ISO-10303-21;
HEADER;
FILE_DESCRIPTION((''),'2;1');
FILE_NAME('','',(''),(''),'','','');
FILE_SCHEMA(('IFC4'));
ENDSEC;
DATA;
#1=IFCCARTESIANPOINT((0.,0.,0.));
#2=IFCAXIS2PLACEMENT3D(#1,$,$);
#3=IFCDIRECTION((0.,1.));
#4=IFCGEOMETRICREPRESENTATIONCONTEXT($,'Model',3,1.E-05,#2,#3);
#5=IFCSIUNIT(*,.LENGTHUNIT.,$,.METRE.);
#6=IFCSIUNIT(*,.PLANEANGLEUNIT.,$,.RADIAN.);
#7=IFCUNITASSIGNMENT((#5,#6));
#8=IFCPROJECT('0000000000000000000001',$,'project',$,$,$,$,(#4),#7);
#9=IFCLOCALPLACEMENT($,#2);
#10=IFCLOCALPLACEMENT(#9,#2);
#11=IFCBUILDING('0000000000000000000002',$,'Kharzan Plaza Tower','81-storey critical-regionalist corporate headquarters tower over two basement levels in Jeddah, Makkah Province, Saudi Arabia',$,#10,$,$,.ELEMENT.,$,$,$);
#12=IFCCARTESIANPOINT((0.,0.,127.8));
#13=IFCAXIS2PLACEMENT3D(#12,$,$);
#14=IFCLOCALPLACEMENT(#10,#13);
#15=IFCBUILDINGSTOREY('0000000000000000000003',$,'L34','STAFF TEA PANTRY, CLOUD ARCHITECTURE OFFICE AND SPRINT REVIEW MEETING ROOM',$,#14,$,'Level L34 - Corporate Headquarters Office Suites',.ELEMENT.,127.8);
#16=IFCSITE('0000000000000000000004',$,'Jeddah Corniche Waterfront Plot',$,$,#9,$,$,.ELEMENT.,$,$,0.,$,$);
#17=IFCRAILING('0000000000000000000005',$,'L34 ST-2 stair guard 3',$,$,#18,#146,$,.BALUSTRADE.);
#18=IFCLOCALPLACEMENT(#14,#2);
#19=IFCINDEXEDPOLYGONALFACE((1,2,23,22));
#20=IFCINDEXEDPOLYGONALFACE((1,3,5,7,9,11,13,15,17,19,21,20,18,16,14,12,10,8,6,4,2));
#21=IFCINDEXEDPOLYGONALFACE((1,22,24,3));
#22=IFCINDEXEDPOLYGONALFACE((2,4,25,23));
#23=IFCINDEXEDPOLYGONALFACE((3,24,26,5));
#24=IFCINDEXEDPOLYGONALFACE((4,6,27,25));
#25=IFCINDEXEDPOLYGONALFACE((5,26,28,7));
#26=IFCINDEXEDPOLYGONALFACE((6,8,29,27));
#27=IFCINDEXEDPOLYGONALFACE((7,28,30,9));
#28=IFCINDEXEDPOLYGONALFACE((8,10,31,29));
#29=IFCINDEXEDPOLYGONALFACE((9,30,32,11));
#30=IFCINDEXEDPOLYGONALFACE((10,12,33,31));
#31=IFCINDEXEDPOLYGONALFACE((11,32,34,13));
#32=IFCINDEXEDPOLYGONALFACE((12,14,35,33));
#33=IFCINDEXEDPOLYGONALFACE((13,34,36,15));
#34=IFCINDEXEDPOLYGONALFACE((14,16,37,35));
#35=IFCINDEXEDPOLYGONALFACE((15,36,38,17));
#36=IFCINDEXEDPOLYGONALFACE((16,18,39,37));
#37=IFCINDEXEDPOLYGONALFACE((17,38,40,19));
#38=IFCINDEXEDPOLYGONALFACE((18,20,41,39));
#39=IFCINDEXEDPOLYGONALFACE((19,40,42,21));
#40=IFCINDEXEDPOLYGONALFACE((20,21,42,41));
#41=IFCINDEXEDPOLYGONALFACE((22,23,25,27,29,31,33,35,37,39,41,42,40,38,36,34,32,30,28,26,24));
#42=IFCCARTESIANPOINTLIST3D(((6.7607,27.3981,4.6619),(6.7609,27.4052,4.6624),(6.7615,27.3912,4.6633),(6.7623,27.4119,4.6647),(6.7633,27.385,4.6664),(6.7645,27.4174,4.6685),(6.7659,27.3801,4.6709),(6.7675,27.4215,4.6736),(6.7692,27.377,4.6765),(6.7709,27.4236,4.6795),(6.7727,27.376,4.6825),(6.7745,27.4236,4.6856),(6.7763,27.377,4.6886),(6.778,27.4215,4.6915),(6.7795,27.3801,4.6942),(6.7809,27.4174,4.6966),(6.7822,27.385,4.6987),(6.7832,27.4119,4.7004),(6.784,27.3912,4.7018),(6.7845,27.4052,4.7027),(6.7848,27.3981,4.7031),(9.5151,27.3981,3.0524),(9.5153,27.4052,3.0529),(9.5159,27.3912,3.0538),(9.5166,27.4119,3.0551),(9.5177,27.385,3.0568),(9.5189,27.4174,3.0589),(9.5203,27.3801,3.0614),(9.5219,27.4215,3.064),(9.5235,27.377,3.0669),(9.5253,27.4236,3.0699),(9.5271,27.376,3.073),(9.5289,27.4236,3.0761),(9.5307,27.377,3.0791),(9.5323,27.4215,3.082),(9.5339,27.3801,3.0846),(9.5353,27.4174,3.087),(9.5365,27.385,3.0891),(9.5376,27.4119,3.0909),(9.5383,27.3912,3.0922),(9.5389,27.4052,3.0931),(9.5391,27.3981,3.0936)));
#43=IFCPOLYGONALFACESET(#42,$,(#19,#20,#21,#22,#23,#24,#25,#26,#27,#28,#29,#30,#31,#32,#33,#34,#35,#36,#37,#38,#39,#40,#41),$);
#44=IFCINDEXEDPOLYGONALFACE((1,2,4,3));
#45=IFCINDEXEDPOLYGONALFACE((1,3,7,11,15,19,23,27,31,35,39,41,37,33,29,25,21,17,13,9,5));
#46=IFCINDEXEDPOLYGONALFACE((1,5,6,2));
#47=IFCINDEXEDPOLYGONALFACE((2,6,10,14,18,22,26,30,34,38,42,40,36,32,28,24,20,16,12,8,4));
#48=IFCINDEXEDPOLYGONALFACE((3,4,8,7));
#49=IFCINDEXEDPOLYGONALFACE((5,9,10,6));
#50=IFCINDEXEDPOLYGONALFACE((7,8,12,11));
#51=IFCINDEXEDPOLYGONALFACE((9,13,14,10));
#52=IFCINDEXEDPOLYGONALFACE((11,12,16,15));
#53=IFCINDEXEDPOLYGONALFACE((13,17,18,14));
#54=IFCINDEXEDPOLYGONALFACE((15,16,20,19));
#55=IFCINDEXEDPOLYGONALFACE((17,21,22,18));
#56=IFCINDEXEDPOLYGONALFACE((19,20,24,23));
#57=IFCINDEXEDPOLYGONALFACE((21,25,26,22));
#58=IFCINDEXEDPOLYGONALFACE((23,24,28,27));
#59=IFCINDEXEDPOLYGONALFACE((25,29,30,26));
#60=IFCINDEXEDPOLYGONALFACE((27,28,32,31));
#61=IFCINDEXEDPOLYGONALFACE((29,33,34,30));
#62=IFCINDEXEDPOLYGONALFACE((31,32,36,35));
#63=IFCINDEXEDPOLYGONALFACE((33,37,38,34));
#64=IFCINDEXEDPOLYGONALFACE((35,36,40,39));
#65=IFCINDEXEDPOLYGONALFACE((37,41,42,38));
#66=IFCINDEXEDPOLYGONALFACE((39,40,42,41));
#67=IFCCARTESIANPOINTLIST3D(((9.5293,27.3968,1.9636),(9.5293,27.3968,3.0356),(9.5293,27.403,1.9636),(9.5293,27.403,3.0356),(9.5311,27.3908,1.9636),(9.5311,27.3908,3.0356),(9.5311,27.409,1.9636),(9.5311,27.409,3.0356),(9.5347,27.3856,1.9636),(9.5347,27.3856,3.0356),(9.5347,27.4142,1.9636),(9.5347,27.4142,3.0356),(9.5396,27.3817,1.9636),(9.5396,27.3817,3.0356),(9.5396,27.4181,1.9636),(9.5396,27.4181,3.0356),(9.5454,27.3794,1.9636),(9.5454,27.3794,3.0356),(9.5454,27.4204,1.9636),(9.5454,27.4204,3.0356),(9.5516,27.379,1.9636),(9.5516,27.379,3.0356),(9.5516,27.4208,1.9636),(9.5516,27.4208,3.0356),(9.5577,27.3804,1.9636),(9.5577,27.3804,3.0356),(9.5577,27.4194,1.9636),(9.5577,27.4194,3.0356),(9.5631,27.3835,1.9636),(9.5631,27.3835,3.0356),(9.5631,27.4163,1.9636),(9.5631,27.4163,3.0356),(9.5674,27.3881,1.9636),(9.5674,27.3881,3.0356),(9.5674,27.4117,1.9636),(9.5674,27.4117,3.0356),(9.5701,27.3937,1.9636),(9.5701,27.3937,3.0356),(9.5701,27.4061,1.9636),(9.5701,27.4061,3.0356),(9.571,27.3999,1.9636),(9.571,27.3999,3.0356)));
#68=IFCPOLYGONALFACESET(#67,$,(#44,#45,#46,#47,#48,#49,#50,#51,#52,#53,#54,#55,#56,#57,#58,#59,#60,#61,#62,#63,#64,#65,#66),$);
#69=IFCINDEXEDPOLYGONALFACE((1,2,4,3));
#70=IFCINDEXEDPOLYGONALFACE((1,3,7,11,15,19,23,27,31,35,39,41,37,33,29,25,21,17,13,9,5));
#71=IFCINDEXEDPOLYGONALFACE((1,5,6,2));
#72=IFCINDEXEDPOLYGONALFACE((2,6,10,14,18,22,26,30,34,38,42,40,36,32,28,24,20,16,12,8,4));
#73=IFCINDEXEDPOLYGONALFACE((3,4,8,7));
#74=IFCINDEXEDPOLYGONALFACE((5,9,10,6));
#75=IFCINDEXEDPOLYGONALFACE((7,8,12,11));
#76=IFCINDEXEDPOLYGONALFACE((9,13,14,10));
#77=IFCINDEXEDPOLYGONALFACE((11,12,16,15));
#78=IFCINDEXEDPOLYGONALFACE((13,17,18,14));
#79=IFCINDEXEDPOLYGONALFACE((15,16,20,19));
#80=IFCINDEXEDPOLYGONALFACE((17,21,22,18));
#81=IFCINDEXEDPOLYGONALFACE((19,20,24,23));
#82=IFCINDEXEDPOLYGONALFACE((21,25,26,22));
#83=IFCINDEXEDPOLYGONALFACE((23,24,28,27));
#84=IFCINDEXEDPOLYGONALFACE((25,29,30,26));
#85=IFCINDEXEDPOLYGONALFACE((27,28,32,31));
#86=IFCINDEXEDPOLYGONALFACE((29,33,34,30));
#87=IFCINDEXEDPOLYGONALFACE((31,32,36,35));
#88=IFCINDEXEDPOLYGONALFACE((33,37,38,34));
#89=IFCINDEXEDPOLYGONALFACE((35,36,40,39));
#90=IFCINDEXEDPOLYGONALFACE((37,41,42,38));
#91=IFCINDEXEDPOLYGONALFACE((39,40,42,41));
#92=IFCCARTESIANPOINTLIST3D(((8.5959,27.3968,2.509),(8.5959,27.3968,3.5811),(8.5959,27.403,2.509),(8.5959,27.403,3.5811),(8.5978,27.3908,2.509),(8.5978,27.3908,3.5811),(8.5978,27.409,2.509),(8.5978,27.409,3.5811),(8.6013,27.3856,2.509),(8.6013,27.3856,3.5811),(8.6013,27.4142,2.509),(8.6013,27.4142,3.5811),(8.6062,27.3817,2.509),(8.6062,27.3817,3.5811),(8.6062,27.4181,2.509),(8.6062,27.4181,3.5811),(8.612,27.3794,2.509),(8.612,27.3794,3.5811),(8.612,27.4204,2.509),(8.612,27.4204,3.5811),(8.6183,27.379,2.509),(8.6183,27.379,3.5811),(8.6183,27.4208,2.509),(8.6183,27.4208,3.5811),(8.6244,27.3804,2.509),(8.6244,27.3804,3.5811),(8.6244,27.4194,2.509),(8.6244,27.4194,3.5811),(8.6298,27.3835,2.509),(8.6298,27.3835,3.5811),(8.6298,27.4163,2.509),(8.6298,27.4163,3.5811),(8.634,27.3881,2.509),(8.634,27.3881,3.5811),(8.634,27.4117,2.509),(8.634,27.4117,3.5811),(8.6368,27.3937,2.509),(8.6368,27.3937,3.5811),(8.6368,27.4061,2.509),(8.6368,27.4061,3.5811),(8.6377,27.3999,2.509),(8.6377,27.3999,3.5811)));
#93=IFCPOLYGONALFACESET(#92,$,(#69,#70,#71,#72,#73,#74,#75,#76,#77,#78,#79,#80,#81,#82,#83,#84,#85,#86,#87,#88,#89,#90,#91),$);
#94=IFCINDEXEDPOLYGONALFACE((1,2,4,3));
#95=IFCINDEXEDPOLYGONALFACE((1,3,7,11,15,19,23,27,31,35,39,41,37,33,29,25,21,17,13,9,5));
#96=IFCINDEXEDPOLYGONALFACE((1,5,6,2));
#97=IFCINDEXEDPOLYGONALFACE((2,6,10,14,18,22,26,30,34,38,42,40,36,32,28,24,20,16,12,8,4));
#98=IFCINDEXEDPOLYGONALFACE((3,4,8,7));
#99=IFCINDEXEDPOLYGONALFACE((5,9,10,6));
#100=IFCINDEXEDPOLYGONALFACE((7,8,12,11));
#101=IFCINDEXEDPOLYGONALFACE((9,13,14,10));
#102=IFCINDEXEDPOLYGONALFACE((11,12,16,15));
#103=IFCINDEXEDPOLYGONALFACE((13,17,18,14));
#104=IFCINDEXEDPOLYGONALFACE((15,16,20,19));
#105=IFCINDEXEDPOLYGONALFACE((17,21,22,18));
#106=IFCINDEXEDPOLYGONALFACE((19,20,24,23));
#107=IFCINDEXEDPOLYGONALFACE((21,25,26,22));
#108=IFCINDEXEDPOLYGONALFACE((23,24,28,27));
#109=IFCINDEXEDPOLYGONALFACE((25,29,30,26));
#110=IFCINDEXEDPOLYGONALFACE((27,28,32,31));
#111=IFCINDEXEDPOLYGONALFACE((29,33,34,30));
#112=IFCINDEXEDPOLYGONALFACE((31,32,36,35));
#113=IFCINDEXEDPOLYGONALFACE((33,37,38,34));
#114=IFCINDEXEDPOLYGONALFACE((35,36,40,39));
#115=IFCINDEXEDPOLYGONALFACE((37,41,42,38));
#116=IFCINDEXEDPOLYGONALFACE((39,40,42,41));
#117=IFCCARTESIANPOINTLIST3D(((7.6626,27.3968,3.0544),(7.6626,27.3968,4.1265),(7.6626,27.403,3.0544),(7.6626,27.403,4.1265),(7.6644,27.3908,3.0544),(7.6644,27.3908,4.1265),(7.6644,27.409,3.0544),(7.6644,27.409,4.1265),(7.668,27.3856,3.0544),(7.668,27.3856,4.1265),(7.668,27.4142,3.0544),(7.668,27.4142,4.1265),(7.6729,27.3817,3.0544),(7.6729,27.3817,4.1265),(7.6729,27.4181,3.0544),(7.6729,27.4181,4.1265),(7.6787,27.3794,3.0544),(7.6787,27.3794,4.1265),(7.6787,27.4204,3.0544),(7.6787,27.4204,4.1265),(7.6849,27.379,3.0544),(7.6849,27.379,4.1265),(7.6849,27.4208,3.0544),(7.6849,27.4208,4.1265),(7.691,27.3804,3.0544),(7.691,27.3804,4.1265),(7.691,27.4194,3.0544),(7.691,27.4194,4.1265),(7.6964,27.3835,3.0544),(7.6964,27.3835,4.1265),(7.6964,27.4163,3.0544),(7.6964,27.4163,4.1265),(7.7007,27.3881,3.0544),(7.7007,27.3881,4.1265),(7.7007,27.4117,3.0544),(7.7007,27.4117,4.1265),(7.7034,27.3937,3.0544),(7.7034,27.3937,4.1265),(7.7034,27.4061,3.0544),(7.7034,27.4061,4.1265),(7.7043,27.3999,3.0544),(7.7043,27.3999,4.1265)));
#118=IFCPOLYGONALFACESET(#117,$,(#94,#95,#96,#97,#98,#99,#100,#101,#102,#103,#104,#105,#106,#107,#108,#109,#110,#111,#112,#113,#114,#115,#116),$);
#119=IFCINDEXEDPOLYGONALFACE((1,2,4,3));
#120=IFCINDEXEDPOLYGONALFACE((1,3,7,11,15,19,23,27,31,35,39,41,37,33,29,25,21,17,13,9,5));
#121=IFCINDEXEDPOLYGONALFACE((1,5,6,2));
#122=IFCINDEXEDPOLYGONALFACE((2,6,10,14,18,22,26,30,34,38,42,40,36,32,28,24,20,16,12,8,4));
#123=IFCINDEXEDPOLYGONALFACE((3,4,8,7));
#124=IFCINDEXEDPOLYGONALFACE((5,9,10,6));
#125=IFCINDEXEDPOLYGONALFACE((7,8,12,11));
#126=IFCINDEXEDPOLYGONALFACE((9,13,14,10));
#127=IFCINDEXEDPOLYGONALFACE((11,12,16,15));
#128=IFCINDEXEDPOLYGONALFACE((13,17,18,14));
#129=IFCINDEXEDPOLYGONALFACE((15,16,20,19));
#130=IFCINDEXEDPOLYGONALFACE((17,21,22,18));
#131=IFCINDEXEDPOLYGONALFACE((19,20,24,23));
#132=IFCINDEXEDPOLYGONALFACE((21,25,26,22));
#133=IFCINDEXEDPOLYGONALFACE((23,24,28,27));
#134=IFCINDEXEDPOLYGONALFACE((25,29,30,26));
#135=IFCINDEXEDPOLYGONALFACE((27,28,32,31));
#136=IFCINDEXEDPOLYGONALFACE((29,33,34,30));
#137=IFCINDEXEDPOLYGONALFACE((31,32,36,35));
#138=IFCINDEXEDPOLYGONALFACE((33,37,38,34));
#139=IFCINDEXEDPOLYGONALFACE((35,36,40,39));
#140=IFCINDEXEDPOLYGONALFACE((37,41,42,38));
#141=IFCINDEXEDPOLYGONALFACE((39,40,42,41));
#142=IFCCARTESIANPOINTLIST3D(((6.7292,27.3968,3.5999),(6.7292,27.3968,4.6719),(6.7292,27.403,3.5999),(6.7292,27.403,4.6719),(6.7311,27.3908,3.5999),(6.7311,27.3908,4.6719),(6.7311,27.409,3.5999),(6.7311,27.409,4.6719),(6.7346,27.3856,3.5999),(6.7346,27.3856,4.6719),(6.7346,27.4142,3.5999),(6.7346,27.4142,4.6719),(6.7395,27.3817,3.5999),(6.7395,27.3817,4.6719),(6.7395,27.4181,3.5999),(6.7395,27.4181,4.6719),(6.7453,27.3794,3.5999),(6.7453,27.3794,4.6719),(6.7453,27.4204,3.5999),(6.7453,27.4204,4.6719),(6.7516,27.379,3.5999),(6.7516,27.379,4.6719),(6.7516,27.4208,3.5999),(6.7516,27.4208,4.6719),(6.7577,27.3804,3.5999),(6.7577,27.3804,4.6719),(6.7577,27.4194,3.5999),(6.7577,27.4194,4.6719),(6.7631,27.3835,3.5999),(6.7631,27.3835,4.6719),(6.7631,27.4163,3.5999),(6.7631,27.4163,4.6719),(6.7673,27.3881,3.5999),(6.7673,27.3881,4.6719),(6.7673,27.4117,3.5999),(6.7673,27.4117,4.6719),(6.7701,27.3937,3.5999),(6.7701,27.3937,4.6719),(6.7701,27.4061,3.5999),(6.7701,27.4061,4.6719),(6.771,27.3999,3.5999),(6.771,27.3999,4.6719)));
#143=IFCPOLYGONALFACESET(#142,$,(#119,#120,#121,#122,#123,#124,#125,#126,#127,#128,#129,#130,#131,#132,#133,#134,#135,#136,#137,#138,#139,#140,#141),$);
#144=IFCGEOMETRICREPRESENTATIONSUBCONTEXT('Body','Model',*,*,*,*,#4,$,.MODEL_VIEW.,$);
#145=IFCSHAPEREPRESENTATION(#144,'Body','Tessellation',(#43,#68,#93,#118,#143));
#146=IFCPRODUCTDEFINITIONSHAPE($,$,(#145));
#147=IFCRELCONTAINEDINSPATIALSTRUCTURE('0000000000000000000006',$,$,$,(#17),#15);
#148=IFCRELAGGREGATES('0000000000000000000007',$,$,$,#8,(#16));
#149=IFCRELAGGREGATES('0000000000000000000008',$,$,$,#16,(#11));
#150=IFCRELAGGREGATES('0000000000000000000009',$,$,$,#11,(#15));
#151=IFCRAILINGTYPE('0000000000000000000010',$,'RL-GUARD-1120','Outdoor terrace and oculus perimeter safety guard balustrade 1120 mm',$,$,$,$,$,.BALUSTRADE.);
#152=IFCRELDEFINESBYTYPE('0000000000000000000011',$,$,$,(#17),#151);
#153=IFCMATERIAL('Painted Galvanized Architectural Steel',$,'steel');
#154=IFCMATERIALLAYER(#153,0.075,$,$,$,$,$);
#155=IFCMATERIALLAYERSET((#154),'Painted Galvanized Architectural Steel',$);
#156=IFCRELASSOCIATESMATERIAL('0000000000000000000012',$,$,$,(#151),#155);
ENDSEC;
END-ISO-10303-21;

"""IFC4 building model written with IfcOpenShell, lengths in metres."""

from ifc_helpers import new_model, si_unit, direction, frame, origin, origin_2d, place, context, subcontext, project, spatial, circle, extrude, source, transform, mapped, material, layer, layer_set, type_object, element, save


model = new_model("IFC4")

# Units and contexts
model_context = context("Model", 3, precision=1e-05, world=origin(), true_north=direction((0.0, 1.0)))
body_context = subcontext(model_context, "Body", "Model", "MODEL_VIEW")
ifc_project = project(units=[si_unit("LENGTHUNIT", "METRE"), si_unit("PLANEANGLEUNIT", "RADIAN")], contexts=[model_context])

# Site, building, storey
site_placement = place(None, origin())
site = spatial("IfcSite", under=ifc_project, at=site_placement, Name="Jeddah Corniche Waterfront Plot", CompositionType="ELEMENT", RefElevation=0.0)
building_placement = place(site_placement, origin())
building = spatial("IfcBuilding", under=site, at=building_placement, Name="Kharzan Plaza Tower", Description="81-storey critical-regionalist corporate headquarters tower over two basement levels in Jeddah, Makkah Province, Saudi Arabia", CompositionType="ELEMENT")
storey_placement = place(building_placement, frame((0.0, 0.0, 127.8)))
storey = spatial("IfcBuildingStorey", under=building, at=storey_placement, Name="L34", Description="STAFF TEA PANTRY, CLOUD ARCHITECTURE OFFICE AND SPRINT REVIEW MEETING ROOM", LongName="Level L34 - Corporate Headquarters Office Suites", CompositionType="ELEMENT", Elevation=127.8)

# Railing
ifc_material_1 = material(Name="Painted Galvanized Architectural Steel", Category="steel")
ifc_layer_1 = layer(ifc_material_1, 0.075)
ifc_layer_set_1 = layer_set([ifc_layer_1], Name="Painted Galvanized Architectural Steel")
railing_type_1 = type_object("IfcRailingType", Name="RL-GUARD-1120", Description="Outdoor terrace and oculus perimeter safety guard balustrade 1120 mm", PredefinedType="BALUSTRADE", material=ifc_layer_set_1)
shared_shape_1 = source(origin(), body_context, "Body", "SweptSolid", [
    extrude(circle(Radius=0.0239, at=origin_2d()), frame((-0.0229, 0.0, 1.1094), z_axis=(-0.863394, 0.0, 0.504531), x_axis=(0.0, -1.0, 0.0)), (0.0, 0.0, 1.0), 3.1902),
    extrude(circle(Radius=0.021, at=origin_2d()), origin(), (0.0, 0.0, 1.0), 1.072),
    extrude(circle(Radius=0.021, at=origin_2d()), frame((-0.9333, 0.0, 0.5454)), (0.0, 0.0, 1.0), 1.072),
    extrude(circle(Radius=0.021, at=origin_2d()), frame((-1.8667, 0.0, 1.0908)), (0.0, 0.0, 1.0), 1.072),
    extrude(circle(Radius=0.021, at=origin_2d()), frame((-2.8, 0.0, 1.6362)), (0.0, 0.0, 1.0), 1.072),
])
railing_1_placement = place(storey_placement, frame((9.55, 27.3999, 1.9636)))
element("IfcRailing", 1, at=railing_1_placement, inside=storey, type_object=railing_type_1, Name="L34 ST-2 stair guard 3", PredefinedType="BALUSTRADE", context=body_context, shape_type="MappedRepresentation", body=[
    mapped(shared_shape_1, transform((0.0, 0.0, 0.0), x_axis=(1.0, 0.0, 0.0), y_axis=(0.0, 1.0, 0.0), z_axis=(0.0, 0.0, 1.0))),
])

save(model, "model.ifc")
